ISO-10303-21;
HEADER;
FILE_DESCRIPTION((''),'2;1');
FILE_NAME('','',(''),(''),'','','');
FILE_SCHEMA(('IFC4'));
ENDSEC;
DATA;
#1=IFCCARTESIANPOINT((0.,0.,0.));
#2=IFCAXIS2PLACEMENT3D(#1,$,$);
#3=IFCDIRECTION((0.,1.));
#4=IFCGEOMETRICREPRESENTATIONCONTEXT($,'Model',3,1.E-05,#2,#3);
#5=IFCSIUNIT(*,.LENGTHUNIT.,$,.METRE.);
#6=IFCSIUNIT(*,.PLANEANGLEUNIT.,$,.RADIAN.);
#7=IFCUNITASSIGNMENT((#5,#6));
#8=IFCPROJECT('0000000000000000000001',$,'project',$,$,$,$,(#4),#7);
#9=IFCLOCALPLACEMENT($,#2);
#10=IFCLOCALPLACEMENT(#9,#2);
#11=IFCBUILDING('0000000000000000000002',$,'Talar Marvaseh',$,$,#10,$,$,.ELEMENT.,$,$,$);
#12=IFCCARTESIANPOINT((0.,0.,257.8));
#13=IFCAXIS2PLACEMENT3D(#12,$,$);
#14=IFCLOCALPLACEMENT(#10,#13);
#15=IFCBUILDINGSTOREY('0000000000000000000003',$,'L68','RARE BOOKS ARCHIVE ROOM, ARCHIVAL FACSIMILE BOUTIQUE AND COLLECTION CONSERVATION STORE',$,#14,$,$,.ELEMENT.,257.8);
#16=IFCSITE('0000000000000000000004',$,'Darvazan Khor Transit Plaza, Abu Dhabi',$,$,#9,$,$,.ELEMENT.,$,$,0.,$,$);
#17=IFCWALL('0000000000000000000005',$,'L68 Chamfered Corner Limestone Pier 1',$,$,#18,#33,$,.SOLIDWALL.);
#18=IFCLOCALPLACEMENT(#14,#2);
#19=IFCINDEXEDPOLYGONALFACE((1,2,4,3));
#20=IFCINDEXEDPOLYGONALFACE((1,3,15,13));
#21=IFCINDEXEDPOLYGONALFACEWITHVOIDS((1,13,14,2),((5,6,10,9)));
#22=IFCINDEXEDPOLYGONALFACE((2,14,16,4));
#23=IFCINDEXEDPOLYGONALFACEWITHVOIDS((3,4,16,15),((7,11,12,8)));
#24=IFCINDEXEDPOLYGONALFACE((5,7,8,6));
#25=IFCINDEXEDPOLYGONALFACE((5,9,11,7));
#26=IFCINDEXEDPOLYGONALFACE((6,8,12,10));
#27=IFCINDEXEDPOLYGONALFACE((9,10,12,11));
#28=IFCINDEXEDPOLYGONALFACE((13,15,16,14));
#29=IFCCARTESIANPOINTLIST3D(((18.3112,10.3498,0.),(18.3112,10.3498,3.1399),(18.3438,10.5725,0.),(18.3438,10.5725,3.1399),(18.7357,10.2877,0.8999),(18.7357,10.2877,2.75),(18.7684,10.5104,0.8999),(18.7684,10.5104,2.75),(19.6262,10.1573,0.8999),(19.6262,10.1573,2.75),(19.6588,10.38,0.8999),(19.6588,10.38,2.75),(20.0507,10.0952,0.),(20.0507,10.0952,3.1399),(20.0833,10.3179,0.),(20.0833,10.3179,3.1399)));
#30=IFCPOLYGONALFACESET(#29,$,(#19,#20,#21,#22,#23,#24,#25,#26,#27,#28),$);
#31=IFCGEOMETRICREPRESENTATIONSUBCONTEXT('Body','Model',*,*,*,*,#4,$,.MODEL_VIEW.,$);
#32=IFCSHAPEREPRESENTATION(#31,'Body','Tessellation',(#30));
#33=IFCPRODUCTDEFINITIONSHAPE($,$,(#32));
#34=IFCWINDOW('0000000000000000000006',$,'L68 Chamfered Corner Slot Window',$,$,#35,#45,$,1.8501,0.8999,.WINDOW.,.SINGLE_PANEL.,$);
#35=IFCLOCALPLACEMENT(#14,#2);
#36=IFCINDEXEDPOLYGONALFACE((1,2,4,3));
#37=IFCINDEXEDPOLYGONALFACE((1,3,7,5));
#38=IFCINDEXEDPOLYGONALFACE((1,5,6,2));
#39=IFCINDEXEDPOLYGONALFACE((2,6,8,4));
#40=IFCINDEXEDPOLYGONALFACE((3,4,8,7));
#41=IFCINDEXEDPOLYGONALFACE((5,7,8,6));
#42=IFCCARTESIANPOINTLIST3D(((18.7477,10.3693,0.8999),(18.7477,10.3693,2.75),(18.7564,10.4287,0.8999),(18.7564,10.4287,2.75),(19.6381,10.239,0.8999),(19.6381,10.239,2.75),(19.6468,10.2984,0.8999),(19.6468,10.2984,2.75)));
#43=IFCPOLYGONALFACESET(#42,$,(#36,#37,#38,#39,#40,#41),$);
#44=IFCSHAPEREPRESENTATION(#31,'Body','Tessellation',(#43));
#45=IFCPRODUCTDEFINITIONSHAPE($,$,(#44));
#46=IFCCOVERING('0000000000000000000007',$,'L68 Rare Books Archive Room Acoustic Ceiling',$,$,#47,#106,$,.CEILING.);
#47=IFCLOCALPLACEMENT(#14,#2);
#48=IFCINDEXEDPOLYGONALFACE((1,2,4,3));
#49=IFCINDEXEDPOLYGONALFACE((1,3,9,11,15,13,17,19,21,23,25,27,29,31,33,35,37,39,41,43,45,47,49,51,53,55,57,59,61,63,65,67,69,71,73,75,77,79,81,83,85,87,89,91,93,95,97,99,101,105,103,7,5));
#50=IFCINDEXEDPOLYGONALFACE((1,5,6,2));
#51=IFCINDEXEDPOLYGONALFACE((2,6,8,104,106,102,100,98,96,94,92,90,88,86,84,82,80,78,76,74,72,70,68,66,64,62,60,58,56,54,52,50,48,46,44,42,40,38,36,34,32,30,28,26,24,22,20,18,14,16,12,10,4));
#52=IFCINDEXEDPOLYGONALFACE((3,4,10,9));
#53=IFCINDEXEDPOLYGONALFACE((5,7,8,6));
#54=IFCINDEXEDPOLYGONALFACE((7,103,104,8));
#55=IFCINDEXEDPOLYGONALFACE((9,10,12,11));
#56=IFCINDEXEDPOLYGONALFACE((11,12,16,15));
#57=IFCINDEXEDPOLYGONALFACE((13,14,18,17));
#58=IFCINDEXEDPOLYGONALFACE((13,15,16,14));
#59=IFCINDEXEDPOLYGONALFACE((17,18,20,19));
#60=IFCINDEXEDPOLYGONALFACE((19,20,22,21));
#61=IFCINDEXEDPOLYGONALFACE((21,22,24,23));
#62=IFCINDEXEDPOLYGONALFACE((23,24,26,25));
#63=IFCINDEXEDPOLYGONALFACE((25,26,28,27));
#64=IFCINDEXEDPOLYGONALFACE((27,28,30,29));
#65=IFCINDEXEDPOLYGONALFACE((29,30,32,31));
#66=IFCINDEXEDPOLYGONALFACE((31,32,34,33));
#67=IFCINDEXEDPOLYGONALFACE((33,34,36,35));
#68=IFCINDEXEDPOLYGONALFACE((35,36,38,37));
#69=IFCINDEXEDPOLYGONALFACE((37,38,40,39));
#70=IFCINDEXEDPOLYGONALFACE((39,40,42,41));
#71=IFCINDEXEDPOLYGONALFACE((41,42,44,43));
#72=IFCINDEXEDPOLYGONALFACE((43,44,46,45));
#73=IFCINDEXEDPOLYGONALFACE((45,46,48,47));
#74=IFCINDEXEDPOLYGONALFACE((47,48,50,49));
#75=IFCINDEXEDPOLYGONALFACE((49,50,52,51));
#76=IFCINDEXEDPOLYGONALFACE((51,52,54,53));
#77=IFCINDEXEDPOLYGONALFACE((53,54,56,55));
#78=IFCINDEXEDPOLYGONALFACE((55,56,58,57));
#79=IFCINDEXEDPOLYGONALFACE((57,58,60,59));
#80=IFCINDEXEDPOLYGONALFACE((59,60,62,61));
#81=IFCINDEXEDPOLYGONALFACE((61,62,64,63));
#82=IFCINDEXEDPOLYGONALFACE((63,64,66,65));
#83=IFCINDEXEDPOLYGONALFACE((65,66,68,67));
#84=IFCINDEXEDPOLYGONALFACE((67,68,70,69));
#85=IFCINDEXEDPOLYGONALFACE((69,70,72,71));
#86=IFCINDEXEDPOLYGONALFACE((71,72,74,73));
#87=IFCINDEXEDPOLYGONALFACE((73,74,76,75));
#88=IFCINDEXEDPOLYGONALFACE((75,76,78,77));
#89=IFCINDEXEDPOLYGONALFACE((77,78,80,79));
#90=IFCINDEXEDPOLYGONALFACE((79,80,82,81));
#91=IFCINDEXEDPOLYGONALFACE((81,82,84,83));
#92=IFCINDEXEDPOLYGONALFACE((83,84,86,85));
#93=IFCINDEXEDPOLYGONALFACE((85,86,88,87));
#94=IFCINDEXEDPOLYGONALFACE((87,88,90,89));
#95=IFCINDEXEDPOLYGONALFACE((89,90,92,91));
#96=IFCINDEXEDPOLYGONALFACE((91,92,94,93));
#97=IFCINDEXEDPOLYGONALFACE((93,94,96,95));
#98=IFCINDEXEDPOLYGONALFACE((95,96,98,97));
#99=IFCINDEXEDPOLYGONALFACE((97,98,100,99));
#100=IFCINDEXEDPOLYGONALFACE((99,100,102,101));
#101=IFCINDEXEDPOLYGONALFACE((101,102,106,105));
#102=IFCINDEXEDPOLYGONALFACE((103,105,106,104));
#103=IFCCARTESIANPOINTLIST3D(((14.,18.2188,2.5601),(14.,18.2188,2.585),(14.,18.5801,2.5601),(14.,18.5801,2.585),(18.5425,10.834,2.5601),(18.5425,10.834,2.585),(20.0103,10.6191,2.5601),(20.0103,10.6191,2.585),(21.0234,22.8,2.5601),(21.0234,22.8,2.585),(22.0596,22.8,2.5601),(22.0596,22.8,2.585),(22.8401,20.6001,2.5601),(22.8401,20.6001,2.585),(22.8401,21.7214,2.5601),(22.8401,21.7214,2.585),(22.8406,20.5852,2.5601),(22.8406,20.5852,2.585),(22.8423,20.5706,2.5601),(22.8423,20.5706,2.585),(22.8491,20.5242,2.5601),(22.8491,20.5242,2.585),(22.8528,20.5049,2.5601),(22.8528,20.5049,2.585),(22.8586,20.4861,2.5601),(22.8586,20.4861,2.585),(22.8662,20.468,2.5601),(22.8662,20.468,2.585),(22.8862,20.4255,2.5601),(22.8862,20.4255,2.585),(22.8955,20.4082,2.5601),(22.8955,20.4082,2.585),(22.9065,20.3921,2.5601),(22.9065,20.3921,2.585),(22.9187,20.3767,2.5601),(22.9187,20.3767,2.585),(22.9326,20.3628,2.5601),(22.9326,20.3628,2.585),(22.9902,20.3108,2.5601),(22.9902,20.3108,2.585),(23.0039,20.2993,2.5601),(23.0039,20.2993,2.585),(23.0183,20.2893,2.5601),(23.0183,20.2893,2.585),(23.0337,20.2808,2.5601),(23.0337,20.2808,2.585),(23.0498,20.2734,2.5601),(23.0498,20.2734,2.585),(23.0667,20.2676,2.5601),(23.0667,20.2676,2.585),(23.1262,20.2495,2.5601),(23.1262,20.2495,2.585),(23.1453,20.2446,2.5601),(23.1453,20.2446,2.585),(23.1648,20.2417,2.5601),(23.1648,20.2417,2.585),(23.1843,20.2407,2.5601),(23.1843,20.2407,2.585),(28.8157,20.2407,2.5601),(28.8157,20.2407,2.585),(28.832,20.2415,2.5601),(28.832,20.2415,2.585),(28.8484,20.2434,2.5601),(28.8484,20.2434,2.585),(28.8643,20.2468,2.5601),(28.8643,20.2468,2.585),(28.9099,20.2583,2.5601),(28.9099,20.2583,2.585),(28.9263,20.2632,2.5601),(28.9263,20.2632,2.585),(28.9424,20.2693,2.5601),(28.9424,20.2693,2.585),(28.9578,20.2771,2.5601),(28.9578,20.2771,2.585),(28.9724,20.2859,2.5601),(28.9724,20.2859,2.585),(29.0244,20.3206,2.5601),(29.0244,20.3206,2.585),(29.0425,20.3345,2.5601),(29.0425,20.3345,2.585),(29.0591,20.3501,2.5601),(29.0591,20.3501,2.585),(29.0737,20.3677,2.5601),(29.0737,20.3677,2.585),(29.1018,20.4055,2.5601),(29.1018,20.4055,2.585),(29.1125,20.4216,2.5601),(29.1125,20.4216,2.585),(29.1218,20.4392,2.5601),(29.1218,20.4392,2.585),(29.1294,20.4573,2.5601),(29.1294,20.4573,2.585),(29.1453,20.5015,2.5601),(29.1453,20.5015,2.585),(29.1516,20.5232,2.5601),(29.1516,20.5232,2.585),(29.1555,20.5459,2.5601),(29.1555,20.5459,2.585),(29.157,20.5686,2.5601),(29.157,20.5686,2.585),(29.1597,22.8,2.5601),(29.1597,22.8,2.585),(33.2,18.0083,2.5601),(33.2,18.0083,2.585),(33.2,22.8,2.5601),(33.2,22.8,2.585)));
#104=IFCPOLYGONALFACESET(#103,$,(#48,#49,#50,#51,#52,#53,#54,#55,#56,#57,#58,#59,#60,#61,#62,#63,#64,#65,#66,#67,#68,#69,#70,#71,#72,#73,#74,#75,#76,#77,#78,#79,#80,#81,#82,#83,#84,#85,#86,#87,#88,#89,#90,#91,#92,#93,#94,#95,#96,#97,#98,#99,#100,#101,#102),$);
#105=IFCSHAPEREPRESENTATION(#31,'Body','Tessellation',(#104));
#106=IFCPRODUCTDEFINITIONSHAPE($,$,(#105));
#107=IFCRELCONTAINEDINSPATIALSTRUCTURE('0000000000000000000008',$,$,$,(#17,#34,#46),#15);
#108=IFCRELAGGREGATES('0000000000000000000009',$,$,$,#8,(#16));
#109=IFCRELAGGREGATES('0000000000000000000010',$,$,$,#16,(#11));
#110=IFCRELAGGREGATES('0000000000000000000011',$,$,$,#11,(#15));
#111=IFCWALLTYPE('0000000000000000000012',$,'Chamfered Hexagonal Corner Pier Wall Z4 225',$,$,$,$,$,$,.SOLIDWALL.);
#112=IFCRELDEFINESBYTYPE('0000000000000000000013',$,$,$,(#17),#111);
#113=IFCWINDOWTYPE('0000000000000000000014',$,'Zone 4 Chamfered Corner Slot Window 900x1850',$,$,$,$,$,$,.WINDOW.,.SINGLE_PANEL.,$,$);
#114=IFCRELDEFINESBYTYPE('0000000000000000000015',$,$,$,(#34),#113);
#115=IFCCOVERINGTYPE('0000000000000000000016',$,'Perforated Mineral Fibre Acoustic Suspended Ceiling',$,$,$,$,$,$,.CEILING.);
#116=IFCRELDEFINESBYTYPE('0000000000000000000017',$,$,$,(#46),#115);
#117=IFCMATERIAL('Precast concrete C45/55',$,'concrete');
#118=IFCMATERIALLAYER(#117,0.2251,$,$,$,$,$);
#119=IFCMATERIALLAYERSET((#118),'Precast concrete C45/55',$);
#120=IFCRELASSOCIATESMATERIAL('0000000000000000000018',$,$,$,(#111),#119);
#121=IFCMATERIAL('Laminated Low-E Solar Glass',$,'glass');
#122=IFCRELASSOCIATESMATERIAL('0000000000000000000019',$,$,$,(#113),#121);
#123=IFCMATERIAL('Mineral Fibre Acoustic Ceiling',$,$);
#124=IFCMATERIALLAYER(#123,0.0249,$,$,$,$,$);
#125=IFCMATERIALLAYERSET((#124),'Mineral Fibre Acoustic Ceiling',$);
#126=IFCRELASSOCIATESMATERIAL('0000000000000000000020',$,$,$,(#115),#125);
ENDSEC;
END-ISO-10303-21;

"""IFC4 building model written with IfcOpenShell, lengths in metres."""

from ifc_helpers import new_model, si_unit, direction, frame, frame_2d, origin, place, context, subcontext, project, spatial, polyline, rectangle, outline, extrude, source, transform, mapped, material, layer, layer_set, type_object, type_shapes, element, fill, save


model = new_model("IFC4")

# Units and contexts
model_context = context("Model", 3, precision=1e-05, world=origin(), true_north=direction((0.0, 1.0)))
body_context = subcontext(model_context, "Body", "Model", "MODEL_VIEW")
ifc_project = project(units=[si_unit("LENGTHUNIT", "METRE"), si_unit("PLANEANGLEUNIT", "RADIAN")], contexts=[model_context])

# Site, building, storey
site_placement = place(None, origin())
site = spatial("IfcSite", under=ifc_project, at=site_placement, Name="Darvazan Khor Transit Plaza, Abu Dhabi", CompositionType="ELEMENT", RefElevation=0.0)
building_placement = place(site_placement, origin())
building = spatial("IfcBuilding", under=site, at=building_placement, Name="Talar Marvaseh", CompositionType="ELEMENT")
storey_placement = place(building_placement, frame((0.0, 0.0, 257.8)))
storey = spatial("IfcBuildingStorey", under=building, at=storey_placement, Name="L68", Description="RARE BOOKS ARCHIVE ROOM, ARCHIVAL FACSIMILE BOUTIQUE AND COLLECTION CONSERVATION STORE", CompositionType="ELEMENT", Elevation=257.8)

# Shared definitions
ifc_material_1 = material(Name="Laminated Low-E Solar Glass", Category="glass")

# Wall, opening, window
ifc_material_2 = material(Name="Precast concrete C45/55", Category="concrete")
ifc_layer_1 = layer(ifc_material_2, 0.2251)
ifc_layer_set_1 = layer_set([ifc_layer_1], Name="Precast concrete C45/55")
wall_type = type_object("IfcWallType", Name="Chamfered Hexagonal Corner Pier Wall Z4 225", PredefinedType="SOLIDWALL", material=ifc_layer_set_1)
wall_placement = place(storey_placement, frame((20.0669, 10.2065, 0.0), z_axis=(0.0, 0.0, 1.0), x_axis=(-0.989455, 0.144842, 0.0)))
wall = element("IfcWall", 1, at=wall_placement, inside=storey, type_object=wall_type, Name="L68 Chamfered Corner Limestone Pier 1", PredefinedType="SOLIDWALL", context=body_context, shape_type="SweptSolid", body=[
    extrude(rectangle(XDim=1.7581, YDim=0.2251, at=frame_2d((0.8789, 0.0))), origin(), (0.0, 0.0, 1.0), 3.1399),
])
opening_placement = place(wall_placement, frame((0.429, 0.0, 0.8999)))
opening = element("IfcOpeningElement", 2, at=opening_placement, cuts=wall, PredefinedType="OPENING", context=body_context, shape_type="SweptSolid", body=[
    extrude(rectangle(XDim=0.8999, YDim=1.8501, at=frame_2d((0.45, 0.925))), frame((0.0, 0.1226, 0.0), z_axis=(0.0, -1.0, 0.0), x_axis=(1.0, 0.0, 0.0)), (0.0, 0.0, 1.0), 0.2451),
])
window_type = type_object("IfcWindowType", Name="Zone 4 Chamfered Corner Slot Window 900x1850", PartitioningType="SINGLE_PANEL", PredefinedType="WINDOW", material=ifc_material_1)
shared_shape_1 = source(origin(), body_context, "Body", "SweptSolid", [
    extrude(rectangle(XDim=0.8999, YDim=1.8501, at=frame_2d((0.45, 0.925))), frame((0.0, 0.03, 0.0), z_axis=(0.0, -1.0, 0.0), x_axis=(1.0, 0.0, 0.0)), (0.0, 0.0, 1.0), 0.0601),
])
type_shapes(window_type, [shared_shape_1])
window_placement = place(opening_placement, origin())
window = element("IfcWindow", 3, at=window_placement, inside=storey, type_object=window_type, Name="L68 Chamfered Corner Slot Window", OverallHeight=1.8501, OverallWidth=0.8999, PartitioningType="SINGLE_PANEL", PredefinedType="WINDOW", context=body_context, shape_type="MappedRepresentation", body=[
    mapped(shared_shape_1, transform((0.0, 0.0, 0.0), x_axis=(1.0, 0.0, 0.0), y_axis=(0.0, 1.0, 0.0), z_axis=(0.0, 0.0, 1.0), scale=1.0)),
])
fill(opening, window)

# Covering
ifc_material_3 = material(Name="Mineral Fibre Acoustic Ceiling")
ifc_layer_2 = layer(ifc_material_3, 0.0249)
ifc_layer_set_2 = layer_set([ifc_layer_2], Name="Mineral Fibre Acoustic Ceiling")
covering_type_1 = type_object("IfcCoveringType", Name="Perforated Mineral Fibre Acoustic Suspended Ceiling", PredefinedType="CEILING", material=ifc_layer_set_2)
covering_1_placement = place(storey_placement, frame((0.0, 0.0, 2.5601)))
element("IfcCovering", 4, at=covering_1_placement, inside=storey, type_object=covering_type_1, Name="L68 Rare Books Archive Room Acoustic Ceiling", PredefinedType="CEILING", context=body_context, shape_type="SweptSolid", body=[
    extrude(outline(polyline([(22.8401, 21.7214), (22.8401, 20.6001), (22.8406, 20.5852), (22.8423, 20.5706), (22.8491, 20.5242), (22.8528, 20.5049), (22.8586, 20.4861), (22.8662, 20.468), (22.8862, 20.4255), (22.8955, 20.4082), (22.9065, 20.3921), (22.9187, 20.3767), (22.9326, 20.3628), (22.9902, 20.3108), (23.0039, 20.2993), (23.0183, 20.2893), (23.0337, 20.2808), (23.0498, 20.2734), (23.0667, 20.2676), (23.1262, 20.2495), (23.1453, 20.2446), (23.1648, 20.2417), (23.1843, 20.2407), (28.8157, 20.2407), (28.832, 20.2415), (28.8484, 20.2434), (28.8643, 20.2468), (28.9099, 20.2583), (28.9263, 20.2632), (28.9424, 20.2693), (28.9578, 20.2771), (28.9724, 20.2859), (29.0244, 20.3206), (29.0425, 20.3345), (29.0591, 20.3501), (29.0737, 20.3677), (29.1018, 20.4055), (29.1125, 20.4216), (29.1218, 20.4392), (29.1294, 20.4573), (29.1453, 20.5015), (29.1516, 20.5232), (29.1555, 20.5459), (29.157, 20.5686), (29.1597, 22.8), (33.2, 22.8), (33.2, 18.0083), (20.0103, 10.6191), (18.5425, 10.834), (14.0, 18.2188), (14.0, 18.5801), (21.0234, 22.8), (22.0596, 22.8), (22.8401, 21.7214)])), origin(), (0.0, 0.0, 1.0), 0.0249),
])

save(model, "model.ifc")
